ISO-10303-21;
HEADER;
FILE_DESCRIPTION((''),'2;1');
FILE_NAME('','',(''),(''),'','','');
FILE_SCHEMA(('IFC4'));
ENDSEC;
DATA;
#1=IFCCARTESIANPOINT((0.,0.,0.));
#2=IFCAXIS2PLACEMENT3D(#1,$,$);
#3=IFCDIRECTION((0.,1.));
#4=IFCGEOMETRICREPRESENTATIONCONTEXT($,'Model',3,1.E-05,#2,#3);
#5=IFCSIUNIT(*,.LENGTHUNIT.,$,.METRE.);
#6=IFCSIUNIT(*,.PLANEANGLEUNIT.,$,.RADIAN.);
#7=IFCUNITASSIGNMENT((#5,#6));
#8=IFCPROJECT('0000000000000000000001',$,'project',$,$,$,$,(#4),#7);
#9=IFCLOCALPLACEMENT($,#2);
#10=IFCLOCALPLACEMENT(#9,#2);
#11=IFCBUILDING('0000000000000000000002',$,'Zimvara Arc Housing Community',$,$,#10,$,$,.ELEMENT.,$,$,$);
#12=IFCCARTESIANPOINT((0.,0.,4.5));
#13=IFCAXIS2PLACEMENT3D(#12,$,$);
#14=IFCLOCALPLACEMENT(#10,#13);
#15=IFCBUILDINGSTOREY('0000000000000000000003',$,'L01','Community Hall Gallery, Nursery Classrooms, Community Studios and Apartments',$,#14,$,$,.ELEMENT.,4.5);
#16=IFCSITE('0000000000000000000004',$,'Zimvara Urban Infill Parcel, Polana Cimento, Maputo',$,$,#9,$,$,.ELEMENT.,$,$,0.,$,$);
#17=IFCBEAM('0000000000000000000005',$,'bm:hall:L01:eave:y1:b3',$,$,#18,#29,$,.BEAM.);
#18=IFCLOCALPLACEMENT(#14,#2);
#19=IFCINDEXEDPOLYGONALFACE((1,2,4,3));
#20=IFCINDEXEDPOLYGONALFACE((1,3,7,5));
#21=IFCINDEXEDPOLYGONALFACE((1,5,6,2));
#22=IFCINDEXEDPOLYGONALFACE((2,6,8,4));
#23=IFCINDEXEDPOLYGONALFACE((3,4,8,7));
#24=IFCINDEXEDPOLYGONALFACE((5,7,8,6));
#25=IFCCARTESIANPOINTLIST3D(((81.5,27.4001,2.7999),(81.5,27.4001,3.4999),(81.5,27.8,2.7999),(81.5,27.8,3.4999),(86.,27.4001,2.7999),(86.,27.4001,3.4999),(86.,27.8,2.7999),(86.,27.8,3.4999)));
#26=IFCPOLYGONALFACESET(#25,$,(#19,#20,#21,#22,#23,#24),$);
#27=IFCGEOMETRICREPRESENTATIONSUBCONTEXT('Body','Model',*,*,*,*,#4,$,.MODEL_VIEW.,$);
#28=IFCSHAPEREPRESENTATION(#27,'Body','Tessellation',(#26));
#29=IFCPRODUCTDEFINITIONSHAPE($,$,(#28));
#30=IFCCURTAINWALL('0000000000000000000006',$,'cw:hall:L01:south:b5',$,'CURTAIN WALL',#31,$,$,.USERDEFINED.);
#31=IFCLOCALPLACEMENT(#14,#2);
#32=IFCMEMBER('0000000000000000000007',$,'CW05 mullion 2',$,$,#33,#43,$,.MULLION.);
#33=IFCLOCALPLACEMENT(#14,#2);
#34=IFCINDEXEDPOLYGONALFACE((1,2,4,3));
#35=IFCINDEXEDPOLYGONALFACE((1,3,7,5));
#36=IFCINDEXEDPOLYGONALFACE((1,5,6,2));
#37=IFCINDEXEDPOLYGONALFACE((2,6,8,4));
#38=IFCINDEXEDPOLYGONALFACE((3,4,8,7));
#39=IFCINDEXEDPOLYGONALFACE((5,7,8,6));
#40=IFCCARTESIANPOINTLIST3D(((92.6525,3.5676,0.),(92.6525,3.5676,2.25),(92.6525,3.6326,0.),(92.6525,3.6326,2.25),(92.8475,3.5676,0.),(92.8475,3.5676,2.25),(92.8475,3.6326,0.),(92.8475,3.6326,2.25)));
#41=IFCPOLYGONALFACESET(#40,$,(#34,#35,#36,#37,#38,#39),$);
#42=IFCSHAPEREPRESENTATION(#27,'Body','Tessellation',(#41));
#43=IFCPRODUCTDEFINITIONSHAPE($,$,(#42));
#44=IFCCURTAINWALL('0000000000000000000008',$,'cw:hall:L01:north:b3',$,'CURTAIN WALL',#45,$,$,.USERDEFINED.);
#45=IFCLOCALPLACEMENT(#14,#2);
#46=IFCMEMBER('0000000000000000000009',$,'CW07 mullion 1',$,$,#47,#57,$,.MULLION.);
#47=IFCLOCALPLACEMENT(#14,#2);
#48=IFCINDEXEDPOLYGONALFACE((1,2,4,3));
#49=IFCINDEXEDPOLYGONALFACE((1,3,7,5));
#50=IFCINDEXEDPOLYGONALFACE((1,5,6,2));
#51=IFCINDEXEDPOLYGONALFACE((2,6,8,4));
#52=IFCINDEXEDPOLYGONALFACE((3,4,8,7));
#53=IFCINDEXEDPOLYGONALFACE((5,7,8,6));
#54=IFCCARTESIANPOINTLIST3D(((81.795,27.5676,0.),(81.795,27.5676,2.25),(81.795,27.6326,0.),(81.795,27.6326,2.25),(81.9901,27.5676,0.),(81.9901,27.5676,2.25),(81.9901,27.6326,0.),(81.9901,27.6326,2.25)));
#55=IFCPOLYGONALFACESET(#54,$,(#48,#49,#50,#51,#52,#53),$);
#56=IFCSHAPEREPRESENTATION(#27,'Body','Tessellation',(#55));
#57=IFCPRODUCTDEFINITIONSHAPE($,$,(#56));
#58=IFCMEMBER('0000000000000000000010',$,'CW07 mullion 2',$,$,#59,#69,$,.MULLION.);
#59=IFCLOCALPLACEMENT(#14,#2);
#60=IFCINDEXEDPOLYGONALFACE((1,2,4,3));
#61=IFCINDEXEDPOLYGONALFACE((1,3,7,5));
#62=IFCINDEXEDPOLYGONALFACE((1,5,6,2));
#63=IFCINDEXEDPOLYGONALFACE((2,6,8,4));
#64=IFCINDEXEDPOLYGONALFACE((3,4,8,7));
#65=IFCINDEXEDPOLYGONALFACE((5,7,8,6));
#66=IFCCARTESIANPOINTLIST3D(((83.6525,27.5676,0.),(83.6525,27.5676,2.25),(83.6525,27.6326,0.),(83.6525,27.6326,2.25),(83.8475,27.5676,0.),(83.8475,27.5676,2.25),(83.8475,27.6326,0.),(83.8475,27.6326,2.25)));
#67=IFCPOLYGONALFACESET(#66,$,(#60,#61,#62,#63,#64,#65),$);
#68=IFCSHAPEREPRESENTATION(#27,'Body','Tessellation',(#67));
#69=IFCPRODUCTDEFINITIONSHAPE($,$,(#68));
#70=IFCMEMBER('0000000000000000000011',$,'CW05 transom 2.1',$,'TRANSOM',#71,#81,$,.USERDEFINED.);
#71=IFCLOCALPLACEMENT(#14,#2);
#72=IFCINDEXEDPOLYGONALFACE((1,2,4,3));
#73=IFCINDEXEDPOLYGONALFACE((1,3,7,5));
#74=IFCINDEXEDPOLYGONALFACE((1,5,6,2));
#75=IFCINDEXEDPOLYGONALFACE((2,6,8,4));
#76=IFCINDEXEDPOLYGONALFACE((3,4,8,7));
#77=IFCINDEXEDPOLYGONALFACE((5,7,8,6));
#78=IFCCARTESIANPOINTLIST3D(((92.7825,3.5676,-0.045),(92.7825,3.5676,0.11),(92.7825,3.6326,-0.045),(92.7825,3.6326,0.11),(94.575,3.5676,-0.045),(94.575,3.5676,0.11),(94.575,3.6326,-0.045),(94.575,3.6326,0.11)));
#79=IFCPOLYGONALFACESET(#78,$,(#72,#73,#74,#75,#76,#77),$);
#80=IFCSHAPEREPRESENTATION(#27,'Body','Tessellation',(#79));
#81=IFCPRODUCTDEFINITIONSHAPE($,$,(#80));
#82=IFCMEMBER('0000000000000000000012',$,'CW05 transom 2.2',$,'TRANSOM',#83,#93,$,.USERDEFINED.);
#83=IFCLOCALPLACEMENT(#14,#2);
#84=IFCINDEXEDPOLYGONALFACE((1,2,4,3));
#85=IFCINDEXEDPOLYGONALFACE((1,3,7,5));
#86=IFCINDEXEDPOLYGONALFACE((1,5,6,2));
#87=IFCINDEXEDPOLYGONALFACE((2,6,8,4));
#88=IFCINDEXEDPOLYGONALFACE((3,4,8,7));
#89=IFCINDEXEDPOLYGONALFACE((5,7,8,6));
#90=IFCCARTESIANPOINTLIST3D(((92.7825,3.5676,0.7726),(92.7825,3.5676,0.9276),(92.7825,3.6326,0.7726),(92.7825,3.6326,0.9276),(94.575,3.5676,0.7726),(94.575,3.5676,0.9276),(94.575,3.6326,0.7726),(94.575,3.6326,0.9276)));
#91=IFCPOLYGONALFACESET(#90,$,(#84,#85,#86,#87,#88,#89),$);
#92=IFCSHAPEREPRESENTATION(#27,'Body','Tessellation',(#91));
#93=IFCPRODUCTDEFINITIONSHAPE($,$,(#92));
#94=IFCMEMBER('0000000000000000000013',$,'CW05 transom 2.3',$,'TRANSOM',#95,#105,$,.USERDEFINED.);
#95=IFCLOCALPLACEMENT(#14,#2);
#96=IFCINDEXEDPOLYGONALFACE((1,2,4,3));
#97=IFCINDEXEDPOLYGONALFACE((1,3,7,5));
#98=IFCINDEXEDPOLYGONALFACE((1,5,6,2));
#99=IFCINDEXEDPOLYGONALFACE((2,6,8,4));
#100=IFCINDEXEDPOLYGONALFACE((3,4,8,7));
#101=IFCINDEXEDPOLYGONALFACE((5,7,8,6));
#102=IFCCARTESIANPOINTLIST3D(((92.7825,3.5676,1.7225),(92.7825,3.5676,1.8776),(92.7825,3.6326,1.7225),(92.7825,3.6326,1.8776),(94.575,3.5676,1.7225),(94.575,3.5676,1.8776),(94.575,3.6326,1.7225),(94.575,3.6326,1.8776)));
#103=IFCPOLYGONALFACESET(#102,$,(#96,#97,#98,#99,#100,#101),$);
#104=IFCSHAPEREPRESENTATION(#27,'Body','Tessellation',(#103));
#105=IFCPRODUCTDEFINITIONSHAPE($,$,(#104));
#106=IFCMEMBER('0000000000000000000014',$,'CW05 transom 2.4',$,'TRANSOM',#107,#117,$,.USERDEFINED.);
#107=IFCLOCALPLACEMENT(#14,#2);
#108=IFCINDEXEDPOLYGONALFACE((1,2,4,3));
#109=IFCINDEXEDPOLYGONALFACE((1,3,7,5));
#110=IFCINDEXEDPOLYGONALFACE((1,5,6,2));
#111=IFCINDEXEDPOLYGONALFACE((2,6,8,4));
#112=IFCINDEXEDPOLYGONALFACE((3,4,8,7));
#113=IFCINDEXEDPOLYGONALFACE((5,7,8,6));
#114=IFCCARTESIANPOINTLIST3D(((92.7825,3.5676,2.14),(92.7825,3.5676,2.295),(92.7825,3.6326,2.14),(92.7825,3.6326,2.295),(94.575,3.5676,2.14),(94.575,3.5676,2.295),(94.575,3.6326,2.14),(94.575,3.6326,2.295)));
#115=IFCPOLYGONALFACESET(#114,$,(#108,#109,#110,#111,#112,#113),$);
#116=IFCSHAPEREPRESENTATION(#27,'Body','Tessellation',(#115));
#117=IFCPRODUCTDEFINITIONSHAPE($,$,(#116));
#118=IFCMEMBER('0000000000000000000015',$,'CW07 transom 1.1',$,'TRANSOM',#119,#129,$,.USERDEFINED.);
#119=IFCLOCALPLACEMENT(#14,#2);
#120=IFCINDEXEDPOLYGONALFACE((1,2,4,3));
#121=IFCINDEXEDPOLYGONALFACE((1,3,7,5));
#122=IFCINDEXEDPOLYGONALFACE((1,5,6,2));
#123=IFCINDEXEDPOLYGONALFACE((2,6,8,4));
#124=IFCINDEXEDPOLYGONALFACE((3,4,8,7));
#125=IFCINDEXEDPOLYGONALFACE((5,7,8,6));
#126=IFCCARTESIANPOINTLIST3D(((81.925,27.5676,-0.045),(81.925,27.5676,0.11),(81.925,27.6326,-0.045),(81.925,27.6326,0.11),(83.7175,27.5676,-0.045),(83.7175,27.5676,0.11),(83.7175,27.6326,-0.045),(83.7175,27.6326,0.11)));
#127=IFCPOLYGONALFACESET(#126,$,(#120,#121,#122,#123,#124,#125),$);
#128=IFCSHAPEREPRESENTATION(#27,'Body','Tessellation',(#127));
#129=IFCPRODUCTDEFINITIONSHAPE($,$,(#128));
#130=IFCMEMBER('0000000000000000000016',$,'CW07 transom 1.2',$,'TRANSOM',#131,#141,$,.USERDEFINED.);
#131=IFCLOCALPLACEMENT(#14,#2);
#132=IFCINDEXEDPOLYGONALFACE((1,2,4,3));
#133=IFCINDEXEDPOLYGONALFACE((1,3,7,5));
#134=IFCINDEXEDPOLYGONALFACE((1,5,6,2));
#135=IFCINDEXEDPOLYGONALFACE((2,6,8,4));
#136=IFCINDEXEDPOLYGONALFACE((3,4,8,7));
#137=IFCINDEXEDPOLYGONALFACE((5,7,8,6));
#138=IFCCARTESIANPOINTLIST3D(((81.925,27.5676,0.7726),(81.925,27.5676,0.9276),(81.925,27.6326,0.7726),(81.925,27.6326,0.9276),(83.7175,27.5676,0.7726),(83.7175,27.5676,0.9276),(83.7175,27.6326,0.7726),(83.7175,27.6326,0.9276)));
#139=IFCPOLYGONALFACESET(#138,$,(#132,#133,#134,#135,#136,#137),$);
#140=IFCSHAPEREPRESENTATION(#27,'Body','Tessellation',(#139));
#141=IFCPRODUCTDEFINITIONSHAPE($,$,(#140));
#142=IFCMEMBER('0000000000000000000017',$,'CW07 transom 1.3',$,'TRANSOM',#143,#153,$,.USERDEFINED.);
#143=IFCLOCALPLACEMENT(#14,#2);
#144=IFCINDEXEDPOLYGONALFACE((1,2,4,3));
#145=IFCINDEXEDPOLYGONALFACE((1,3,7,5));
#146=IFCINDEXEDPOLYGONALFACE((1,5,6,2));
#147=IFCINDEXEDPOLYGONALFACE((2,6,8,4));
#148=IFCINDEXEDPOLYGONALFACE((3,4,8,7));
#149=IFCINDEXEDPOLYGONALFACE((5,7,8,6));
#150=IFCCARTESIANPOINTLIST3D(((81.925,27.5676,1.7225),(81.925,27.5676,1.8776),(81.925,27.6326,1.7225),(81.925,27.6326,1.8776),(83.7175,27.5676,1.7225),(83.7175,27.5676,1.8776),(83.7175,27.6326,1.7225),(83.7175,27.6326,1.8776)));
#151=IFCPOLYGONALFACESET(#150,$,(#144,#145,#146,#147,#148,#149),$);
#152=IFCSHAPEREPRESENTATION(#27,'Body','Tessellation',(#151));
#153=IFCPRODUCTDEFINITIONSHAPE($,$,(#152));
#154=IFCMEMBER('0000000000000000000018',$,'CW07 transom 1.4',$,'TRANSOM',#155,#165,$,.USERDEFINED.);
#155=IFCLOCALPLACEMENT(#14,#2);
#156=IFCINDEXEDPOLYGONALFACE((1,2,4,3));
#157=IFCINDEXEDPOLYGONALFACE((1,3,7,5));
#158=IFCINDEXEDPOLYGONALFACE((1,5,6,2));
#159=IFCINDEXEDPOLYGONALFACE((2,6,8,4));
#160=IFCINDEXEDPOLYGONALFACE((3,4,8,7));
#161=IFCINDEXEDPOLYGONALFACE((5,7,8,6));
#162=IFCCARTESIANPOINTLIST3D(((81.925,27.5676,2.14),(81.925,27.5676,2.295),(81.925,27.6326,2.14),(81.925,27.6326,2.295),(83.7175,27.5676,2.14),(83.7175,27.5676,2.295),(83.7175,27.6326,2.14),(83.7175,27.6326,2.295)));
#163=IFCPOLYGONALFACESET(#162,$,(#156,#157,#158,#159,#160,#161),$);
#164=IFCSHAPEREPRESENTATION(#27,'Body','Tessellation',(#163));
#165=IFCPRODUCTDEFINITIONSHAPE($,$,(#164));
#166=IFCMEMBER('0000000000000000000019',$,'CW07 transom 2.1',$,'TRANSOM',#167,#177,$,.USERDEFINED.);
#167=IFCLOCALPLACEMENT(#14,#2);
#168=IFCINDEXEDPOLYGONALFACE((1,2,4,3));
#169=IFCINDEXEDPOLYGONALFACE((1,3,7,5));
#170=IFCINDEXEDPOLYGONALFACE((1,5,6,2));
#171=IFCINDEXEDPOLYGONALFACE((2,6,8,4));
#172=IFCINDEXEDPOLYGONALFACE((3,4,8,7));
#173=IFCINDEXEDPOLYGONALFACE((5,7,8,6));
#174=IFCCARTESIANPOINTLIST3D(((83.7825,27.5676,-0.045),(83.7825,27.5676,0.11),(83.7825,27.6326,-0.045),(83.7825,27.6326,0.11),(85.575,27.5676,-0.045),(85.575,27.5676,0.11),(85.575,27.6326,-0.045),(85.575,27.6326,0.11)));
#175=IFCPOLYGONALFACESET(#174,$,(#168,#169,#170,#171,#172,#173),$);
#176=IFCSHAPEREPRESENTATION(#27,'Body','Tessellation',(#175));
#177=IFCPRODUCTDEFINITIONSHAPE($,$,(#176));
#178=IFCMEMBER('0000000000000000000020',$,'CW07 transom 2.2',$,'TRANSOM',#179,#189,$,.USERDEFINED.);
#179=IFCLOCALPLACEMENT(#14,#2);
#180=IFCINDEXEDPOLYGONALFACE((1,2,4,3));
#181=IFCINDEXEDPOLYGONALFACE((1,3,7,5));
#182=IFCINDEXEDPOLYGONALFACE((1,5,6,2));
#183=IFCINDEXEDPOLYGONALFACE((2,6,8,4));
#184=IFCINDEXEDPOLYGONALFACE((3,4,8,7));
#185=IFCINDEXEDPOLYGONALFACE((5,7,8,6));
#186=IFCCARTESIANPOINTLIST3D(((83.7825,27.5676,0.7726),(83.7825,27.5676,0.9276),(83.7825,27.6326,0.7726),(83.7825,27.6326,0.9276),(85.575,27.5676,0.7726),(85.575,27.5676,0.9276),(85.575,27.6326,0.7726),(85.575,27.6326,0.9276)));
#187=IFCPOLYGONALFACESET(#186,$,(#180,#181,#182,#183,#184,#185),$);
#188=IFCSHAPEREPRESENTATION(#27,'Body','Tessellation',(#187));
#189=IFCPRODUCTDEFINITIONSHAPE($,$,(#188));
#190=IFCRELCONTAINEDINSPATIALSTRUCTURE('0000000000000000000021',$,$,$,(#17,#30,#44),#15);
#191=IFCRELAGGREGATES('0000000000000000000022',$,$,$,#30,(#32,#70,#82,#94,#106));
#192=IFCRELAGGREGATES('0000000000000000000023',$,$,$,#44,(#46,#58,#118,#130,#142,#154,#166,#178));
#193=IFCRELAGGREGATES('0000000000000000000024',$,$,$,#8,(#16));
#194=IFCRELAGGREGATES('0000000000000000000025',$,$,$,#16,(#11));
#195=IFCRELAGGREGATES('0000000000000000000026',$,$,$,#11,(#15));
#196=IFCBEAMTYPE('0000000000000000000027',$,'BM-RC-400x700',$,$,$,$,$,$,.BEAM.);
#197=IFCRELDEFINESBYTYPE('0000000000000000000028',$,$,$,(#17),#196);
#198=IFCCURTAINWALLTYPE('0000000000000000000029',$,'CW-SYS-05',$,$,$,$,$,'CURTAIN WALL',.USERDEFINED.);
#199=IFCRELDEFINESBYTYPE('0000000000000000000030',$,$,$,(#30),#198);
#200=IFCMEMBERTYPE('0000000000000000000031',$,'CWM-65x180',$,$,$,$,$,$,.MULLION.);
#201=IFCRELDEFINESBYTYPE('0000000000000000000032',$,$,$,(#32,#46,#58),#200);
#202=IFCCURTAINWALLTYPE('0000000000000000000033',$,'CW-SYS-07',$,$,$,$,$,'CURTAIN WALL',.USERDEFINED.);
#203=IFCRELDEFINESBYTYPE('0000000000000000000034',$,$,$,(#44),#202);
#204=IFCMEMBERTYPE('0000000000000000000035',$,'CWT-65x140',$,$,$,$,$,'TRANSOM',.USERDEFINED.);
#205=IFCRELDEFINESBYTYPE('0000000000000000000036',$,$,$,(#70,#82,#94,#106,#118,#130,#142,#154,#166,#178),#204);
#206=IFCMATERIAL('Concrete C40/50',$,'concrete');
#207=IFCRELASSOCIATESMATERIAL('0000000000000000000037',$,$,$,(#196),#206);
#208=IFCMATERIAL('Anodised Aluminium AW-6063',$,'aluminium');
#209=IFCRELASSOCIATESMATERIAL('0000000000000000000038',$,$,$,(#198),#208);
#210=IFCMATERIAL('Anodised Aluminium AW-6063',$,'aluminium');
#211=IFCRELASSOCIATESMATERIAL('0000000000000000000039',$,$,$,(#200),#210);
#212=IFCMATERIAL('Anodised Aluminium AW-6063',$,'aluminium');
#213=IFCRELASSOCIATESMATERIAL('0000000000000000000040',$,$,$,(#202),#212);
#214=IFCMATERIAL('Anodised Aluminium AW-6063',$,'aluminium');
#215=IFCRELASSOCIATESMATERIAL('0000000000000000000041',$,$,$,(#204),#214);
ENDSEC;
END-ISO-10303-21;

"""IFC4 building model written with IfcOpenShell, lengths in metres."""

from ifc_helpers import new_model, si_unit, direction, frame, origin, origin_2d, place, context, subcontext, project, spatial, rectangle, extrude, material, material_profile, profile_set, type_object, element, aggregate, save


model = new_model("IFC4")

# Units and contexts
model_context = context("Model", 3, precision=1e-05, world=origin(), true_north=direction((0.0, 1.0)))
body_context = subcontext(model_context, "Body", "Model", "MODEL_VIEW")
ifc_project = project(units=[si_unit("LENGTHUNIT", "METRE"), si_unit("PLANEANGLEUNIT", "RADIAN")], contexts=[model_context])

# Site, building, storey
site_placement = place(None, origin())
site = spatial("IfcSite", under=ifc_project, at=site_placement, Name="Zimvara Urban Infill Parcel, Polana Cimento, Maputo", CompositionType="ELEMENT", RefElevation=0.0)
building_placement = place(site_placement, origin())
building = spatial("IfcBuilding", under=site, at=building_placement, Name="Zimvara Arc Housing Community", CompositionType="ELEMENT")
storey_placement = place(building_placement, frame((0.0, 0.0, 4.5)))
storey = spatial("IfcBuildingStorey", under=building, at=storey_placement, Name="L01", Description="Community Hall Gallery, Nursery Classrooms, Community Studios and Apartments", CompositionType="ELEMENT", Elevation=4.5)

# Beam
ifc_material_1 = material(Name="Concrete C40/50", Category="concrete")
ifc_material_profile_1 = material_profile(ifc_material_1, rectangle(XDim=0.3999, YDim=0.7, at=origin_2d()), Name="RC 400x700")
ifc_profile_set_1 = profile_set([ifc_material_profile_1], Name="Concrete C40/50")
beam_type = type_object("IfcBeamType", Name="BM-RC-400x700", PredefinedType="BEAM", material=ifc_profile_set_1)
beam_placement = place(storey_placement, frame((81.5, 27.6001, 3.1499), z_axis=(1.0, 0.0, 0.0), x_axis=(0.0, 1.0, 0.0)))
element("IfcBeam", 1, at=beam_placement, inside=storey, type_object=beam_type, Name="bm:hall:L01:eave:y1:b3", PredefinedType="BEAM", context=body_context, shape_type="SweptSolid", body=[
    extrude(rectangle(XDim=0.3999, YDim=0.7, at=origin_2d()), origin(), (0.0, 0.0, 1.0), 4.5),
])

# Curtain wall, member
ifc_material_2 = material(Name="Anodised Aluminium AW-6063", Category="aluminium")
curtain_wall_type_1 = type_object("IfcCurtainWallType", Name="CW-SYS-05", ElementType="CURTAIN WALL", PredefinedType="USERDEFINED", material=ifc_material_2)
curtain_wall_1_placement = place(storey_placement, origin())
curtain_wall_1 = element("IfcCurtainWall", 2, at=curtain_wall_1_placement, inside=storey, type_object=curtain_wall_type_1, Name="cw:hall:L01:south:b5", ObjectType="CURTAIN WALL", PredefinedType="USERDEFINED")
ifc_material_3 = material(Name="Anodised Aluminium AW-6063", Category="aluminium")
ifc_material_profile_2 = material_profile(ifc_material_3, rectangle(XDim=0.0649, YDim=0.1951, at=origin_2d()), Name="ALU 65x195")
ifc_profile_set_2 = profile_set([ifc_material_profile_2], Name="Anodised Aluminium AW-6063")
member_type_1 = type_object("IfcMemberType", Name="CWM-65x180", PredefinedType="MULLION", material=ifc_profile_set_2)
member_1_placement = place(storey_placement, frame((92.75, 3.6001, 0.0), z_axis=(0.0, 0.0, 1.0), x_axis=(0.0, 1.0, 0.0)))
member_1 = element("IfcMember", 3, at=member_1_placement, type_object=member_type_1, Name="CW05 mullion 2", PredefinedType="MULLION", context=body_context, shape_type="SweptSolid", body=[
    extrude(rectangle(XDim=0.0649, YDim=0.1951, at=origin_2d()), origin(), (0.0, 0.0, 1.0), 2.25),
])

# Curtain wall, members
ifc_material_4 = material(Name="Anodised Aluminium AW-6063", Category="aluminium")
curtain_wall_type_2 = type_object("IfcCurtainWallType", Name="CW-SYS-07", ElementType="CURTAIN WALL", PredefinedType="USERDEFINED", material=ifc_material_4)
curtain_wall_2_placement = place(storey_placement, origin())
curtain_wall_2 = element("IfcCurtainWall", 4, at=curtain_wall_2_placement, inside=storey, type_object=curtain_wall_type_2, Name="cw:hall:L01:north:b3", ObjectType="CURTAIN WALL", PredefinedType="USERDEFINED")
member_2_placement = place(storey_placement, frame((81.8926, 27.6001, 0.0), z_axis=(0.0, 0.0, 1.0), x_axis=(0.0, 1.0, 0.0)))
member_2 = element("IfcMember", 5, at=member_2_placement, type_object=member_type_1, Name="CW07 mullion 1", PredefinedType="MULLION", context=body_context, shape_type="SweptSolid", body=[
    extrude(rectangle(XDim=0.0649, YDim=0.1951, at=origin_2d()), origin(), (0.0, 0.0, 1.0), 2.25),
])
member_3_placement = place(storey_placement, frame((83.75, 27.6001, 0.0), z_axis=(0.0, 0.0, 1.0), x_axis=(0.0, 1.0, 0.0)))
member_3 = element("IfcMember", 6, at=member_3_placement, type_object=member_type_1, Name="CW07 mullion 2", PredefinedType="MULLION", context=body_context, shape_type="SweptSolid", body=[
    extrude(rectangle(XDim=0.0649, YDim=0.1951, at=origin_2d()), origin(), (0.0, 0.0, 1.0), 2.25),
])

# Members
ifc_material_5 = material(Name="Anodised Aluminium AW-6063", Category="aluminium")
ifc_material_profile_3 = material_profile(ifc_material_5, rectangle(XDim=0.0649, YDim=0.155, at=origin_2d()), Name="ALU 65x155")
ifc_profile_set_3 = profile_set([ifc_material_profile_3], Name="Anodised Aluminium AW-6063")
member_type_2 = type_object("IfcMemberType", Name="CWT-65x140", ElementType="TRANSOM", PredefinedType="USERDEFINED", material=ifc_profile_set_3)
member_4_placement = place(storey_placement, frame((92.7825, 3.6001, 0.0325), z_axis=(1.0, 0.0, 0.0), x_axis=(0.0, 1.0, 0.0)))
member_4 = element("IfcMember", 7, at=member_4_placement, type_object=member_type_2, Name="CW05 transom 2.1", ObjectType="TRANSOM", PredefinedType="USERDEFINED", context=body_context, shape_type="SweptSolid", body=[
    extrude(rectangle(XDim=0.0649, YDim=0.155, at=origin_2d()), origin(), (0.0, 0.0, 1.0), 1.7925),
])
member_5_placement = place(storey_placement, frame((92.7825, 3.6001, 0.8501), z_axis=(1.0, 0.0, 0.0), x_axis=(0.0, 1.0, 0.0)))
member_5 = element("IfcMember", 8, at=member_5_placement, type_object=member_type_2, Name="CW05 transom 2.2", ObjectType="TRANSOM", PredefinedType="USERDEFINED", context=body_context, shape_type="SweptSolid", body=[
    extrude(rectangle(XDim=0.0649, YDim=0.155, at=origin_2d()), origin(), (0.0, 0.0, 1.0), 1.7925),
])
member_6_placement = place(storey_placement, frame((92.7825, 3.6001, 1.8), z_axis=(1.0, 0.0, 0.0), x_axis=(0.0, 1.0, 0.0)))
member_6 = element("IfcMember", 9, at=member_6_placement, type_object=member_type_2, Name="CW05 transom 2.3", ObjectType="TRANSOM", PredefinedType="USERDEFINED", context=body_context, shape_type="SweptSolid", body=[
    extrude(rectangle(XDim=0.0649, YDim=0.155, at=origin_2d()), origin(), (0.0, 0.0, 1.0), 1.7925),
])
member_7_placement = place(storey_placement, frame((92.7825, 3.6001, 2.2175), z_axis=(1.0, 0.0, 0.0), x_axis=(0.0, 1.0, 0.0)))
member_7 = element("IfcMember", 10, at=member_7_placement, type_object=member_type_2, Name="CW05 transom 2.4", ObjectType="TRANSOM", PredefinedType="USERDEFINED", context=body_context, shape_type="SweptSolid", body=[
    extrude(rectangle(XDim=0.0649, YDim=0.155, at=origin_2d()), origin(), (0.0, 0.0, 1.0), 1.7925),
])
member_8_placement = place(storey_placement, frame((81.925, 27.6001, 0.0325), z_axis=(1.0, 0.0, 0.0), x_axis=(0.0, 1.0, 0.0)))
member_8 = element("IfcMember", 11, at=member_8_placement, type_object=member_type_2, Name="CW07 transom 1.1", ObjectType="TRANSOM", PredefinedType="USERDEFINED", context=body_context, shape_type="SweptSolid", body=[
    extrude(rectangle(XDim=0.0649, YDim=0.155, at=origin_2d()), origin(), (0.0, 0.0, 1.0), 1.7925),
])
member_9_placement = place(storey_placement, frame((81.925, 27.6001, 0.8501), z_axis=(1.0, 0.0, 0.0), x_axis=(0.0, 1.0, 0.0)))
member_9 = element("IfcMember", 12, at=member_9_placement, type_object=member_type_2, Name="CW07 transom 1.2", ObjectType="TRANSOM", PredefinedType="USERDEFINED", context=body_context, shape_type="SweptSolid", body=[
    extrude(rectangle(XDim=0.0649, YDim=0.155, at=origin_2d()), origin(), (0.0, 0.0, 1.0), 1.7925),
])
member_10_placement = place(storey_placement, frame((81.925, 27.6001, 1.8), z_axis=(1.0, 0.0, 0.0), x_axis=(0.0, 1.0, 0.0)))
member_10 = element("IfcMember", 13, at=member_10_placement, type_object=member_type_2, Name="CW07 transom 1.3", ObjectType="TRANSOM", PredefinedType="USERDEFINED", context=body_context, shape_type="SweptSolid", body=[
    extrude(rectangle(XDim=0.0649, YDim=0.155, at=origin_2d()), origin(), (0.0, 0.0, 1.0), 1.7925),
])
member_11_placement = place(storey_placement, frame((81.925, 27.6001, 2.2175), z_axis=(1.0, 0.0, 0.0), x_axis=(0.0, 1.0, 0.0)))
member_11 = element("IfcMember", 14, at=member_11_placement, type_object=member_type_2, Name="CW07 transom 1.4", ObjectType="TRANSOM", PredefinedType="USERDEFINED", context=body_context, shape_type="SweptSolid", body=[
    extrude(rectangle(XDim=0.0649, YDim=0.155, at=origin_2d()), origin(), (0.0, 0.0, 1.0), 1.7925),
])
member_12_placement = place(storey_placement, frame((83.7825, 27.6001, 0.0325), z_axis=(1.0, 0.0, 0.0), x_axis=(0.0, 1.0, 0.0)))
member_12 = element("IfcMember", 15, at=member_12_placement, type_object=member_type_2, Name="CW07 transom 2.1", ObjectType="TRANSOM", PredefinedType="USERDEFINED", context=body_context, shape_type="SweptSolid", body=[
    extrude(rectangle(XDim=0.0649, YDim=0.155, at=origin_2d()), origin(), (0.0, 0.0, 1.0), 1.7925),
])
member_13_placement = place(storey_placement, frame((83.7825, 27.6001, 0.8501), z_axis=(1.0, 0.0, 0.0), x_axis=(0.0, 1.0, 0.0)))
member_13 = element("IfcMember", 16, at=member_13_placement, type_object=member_type_2, Name="CW07 transom 2.2", ObjectType="TRANSOM", PredefinedType="USERDEFINED", context=body_context, shape_type="SweptSolid", body=[
    extrude(rectangle(XDim=0.0649, YDim=0.155, at=origin_2d()), origin(), (0.0, 0.0, 1.0), 1.7925),
])

aggregate(curtain_wall_1, [member_1, member_4, member_5, member_6, member_7])
aggregate(curtain_wall_2, [member_2, member_3, member_8, member_9, member_10, member_11, member_12, member_13])

save(model, "model.ifc")
